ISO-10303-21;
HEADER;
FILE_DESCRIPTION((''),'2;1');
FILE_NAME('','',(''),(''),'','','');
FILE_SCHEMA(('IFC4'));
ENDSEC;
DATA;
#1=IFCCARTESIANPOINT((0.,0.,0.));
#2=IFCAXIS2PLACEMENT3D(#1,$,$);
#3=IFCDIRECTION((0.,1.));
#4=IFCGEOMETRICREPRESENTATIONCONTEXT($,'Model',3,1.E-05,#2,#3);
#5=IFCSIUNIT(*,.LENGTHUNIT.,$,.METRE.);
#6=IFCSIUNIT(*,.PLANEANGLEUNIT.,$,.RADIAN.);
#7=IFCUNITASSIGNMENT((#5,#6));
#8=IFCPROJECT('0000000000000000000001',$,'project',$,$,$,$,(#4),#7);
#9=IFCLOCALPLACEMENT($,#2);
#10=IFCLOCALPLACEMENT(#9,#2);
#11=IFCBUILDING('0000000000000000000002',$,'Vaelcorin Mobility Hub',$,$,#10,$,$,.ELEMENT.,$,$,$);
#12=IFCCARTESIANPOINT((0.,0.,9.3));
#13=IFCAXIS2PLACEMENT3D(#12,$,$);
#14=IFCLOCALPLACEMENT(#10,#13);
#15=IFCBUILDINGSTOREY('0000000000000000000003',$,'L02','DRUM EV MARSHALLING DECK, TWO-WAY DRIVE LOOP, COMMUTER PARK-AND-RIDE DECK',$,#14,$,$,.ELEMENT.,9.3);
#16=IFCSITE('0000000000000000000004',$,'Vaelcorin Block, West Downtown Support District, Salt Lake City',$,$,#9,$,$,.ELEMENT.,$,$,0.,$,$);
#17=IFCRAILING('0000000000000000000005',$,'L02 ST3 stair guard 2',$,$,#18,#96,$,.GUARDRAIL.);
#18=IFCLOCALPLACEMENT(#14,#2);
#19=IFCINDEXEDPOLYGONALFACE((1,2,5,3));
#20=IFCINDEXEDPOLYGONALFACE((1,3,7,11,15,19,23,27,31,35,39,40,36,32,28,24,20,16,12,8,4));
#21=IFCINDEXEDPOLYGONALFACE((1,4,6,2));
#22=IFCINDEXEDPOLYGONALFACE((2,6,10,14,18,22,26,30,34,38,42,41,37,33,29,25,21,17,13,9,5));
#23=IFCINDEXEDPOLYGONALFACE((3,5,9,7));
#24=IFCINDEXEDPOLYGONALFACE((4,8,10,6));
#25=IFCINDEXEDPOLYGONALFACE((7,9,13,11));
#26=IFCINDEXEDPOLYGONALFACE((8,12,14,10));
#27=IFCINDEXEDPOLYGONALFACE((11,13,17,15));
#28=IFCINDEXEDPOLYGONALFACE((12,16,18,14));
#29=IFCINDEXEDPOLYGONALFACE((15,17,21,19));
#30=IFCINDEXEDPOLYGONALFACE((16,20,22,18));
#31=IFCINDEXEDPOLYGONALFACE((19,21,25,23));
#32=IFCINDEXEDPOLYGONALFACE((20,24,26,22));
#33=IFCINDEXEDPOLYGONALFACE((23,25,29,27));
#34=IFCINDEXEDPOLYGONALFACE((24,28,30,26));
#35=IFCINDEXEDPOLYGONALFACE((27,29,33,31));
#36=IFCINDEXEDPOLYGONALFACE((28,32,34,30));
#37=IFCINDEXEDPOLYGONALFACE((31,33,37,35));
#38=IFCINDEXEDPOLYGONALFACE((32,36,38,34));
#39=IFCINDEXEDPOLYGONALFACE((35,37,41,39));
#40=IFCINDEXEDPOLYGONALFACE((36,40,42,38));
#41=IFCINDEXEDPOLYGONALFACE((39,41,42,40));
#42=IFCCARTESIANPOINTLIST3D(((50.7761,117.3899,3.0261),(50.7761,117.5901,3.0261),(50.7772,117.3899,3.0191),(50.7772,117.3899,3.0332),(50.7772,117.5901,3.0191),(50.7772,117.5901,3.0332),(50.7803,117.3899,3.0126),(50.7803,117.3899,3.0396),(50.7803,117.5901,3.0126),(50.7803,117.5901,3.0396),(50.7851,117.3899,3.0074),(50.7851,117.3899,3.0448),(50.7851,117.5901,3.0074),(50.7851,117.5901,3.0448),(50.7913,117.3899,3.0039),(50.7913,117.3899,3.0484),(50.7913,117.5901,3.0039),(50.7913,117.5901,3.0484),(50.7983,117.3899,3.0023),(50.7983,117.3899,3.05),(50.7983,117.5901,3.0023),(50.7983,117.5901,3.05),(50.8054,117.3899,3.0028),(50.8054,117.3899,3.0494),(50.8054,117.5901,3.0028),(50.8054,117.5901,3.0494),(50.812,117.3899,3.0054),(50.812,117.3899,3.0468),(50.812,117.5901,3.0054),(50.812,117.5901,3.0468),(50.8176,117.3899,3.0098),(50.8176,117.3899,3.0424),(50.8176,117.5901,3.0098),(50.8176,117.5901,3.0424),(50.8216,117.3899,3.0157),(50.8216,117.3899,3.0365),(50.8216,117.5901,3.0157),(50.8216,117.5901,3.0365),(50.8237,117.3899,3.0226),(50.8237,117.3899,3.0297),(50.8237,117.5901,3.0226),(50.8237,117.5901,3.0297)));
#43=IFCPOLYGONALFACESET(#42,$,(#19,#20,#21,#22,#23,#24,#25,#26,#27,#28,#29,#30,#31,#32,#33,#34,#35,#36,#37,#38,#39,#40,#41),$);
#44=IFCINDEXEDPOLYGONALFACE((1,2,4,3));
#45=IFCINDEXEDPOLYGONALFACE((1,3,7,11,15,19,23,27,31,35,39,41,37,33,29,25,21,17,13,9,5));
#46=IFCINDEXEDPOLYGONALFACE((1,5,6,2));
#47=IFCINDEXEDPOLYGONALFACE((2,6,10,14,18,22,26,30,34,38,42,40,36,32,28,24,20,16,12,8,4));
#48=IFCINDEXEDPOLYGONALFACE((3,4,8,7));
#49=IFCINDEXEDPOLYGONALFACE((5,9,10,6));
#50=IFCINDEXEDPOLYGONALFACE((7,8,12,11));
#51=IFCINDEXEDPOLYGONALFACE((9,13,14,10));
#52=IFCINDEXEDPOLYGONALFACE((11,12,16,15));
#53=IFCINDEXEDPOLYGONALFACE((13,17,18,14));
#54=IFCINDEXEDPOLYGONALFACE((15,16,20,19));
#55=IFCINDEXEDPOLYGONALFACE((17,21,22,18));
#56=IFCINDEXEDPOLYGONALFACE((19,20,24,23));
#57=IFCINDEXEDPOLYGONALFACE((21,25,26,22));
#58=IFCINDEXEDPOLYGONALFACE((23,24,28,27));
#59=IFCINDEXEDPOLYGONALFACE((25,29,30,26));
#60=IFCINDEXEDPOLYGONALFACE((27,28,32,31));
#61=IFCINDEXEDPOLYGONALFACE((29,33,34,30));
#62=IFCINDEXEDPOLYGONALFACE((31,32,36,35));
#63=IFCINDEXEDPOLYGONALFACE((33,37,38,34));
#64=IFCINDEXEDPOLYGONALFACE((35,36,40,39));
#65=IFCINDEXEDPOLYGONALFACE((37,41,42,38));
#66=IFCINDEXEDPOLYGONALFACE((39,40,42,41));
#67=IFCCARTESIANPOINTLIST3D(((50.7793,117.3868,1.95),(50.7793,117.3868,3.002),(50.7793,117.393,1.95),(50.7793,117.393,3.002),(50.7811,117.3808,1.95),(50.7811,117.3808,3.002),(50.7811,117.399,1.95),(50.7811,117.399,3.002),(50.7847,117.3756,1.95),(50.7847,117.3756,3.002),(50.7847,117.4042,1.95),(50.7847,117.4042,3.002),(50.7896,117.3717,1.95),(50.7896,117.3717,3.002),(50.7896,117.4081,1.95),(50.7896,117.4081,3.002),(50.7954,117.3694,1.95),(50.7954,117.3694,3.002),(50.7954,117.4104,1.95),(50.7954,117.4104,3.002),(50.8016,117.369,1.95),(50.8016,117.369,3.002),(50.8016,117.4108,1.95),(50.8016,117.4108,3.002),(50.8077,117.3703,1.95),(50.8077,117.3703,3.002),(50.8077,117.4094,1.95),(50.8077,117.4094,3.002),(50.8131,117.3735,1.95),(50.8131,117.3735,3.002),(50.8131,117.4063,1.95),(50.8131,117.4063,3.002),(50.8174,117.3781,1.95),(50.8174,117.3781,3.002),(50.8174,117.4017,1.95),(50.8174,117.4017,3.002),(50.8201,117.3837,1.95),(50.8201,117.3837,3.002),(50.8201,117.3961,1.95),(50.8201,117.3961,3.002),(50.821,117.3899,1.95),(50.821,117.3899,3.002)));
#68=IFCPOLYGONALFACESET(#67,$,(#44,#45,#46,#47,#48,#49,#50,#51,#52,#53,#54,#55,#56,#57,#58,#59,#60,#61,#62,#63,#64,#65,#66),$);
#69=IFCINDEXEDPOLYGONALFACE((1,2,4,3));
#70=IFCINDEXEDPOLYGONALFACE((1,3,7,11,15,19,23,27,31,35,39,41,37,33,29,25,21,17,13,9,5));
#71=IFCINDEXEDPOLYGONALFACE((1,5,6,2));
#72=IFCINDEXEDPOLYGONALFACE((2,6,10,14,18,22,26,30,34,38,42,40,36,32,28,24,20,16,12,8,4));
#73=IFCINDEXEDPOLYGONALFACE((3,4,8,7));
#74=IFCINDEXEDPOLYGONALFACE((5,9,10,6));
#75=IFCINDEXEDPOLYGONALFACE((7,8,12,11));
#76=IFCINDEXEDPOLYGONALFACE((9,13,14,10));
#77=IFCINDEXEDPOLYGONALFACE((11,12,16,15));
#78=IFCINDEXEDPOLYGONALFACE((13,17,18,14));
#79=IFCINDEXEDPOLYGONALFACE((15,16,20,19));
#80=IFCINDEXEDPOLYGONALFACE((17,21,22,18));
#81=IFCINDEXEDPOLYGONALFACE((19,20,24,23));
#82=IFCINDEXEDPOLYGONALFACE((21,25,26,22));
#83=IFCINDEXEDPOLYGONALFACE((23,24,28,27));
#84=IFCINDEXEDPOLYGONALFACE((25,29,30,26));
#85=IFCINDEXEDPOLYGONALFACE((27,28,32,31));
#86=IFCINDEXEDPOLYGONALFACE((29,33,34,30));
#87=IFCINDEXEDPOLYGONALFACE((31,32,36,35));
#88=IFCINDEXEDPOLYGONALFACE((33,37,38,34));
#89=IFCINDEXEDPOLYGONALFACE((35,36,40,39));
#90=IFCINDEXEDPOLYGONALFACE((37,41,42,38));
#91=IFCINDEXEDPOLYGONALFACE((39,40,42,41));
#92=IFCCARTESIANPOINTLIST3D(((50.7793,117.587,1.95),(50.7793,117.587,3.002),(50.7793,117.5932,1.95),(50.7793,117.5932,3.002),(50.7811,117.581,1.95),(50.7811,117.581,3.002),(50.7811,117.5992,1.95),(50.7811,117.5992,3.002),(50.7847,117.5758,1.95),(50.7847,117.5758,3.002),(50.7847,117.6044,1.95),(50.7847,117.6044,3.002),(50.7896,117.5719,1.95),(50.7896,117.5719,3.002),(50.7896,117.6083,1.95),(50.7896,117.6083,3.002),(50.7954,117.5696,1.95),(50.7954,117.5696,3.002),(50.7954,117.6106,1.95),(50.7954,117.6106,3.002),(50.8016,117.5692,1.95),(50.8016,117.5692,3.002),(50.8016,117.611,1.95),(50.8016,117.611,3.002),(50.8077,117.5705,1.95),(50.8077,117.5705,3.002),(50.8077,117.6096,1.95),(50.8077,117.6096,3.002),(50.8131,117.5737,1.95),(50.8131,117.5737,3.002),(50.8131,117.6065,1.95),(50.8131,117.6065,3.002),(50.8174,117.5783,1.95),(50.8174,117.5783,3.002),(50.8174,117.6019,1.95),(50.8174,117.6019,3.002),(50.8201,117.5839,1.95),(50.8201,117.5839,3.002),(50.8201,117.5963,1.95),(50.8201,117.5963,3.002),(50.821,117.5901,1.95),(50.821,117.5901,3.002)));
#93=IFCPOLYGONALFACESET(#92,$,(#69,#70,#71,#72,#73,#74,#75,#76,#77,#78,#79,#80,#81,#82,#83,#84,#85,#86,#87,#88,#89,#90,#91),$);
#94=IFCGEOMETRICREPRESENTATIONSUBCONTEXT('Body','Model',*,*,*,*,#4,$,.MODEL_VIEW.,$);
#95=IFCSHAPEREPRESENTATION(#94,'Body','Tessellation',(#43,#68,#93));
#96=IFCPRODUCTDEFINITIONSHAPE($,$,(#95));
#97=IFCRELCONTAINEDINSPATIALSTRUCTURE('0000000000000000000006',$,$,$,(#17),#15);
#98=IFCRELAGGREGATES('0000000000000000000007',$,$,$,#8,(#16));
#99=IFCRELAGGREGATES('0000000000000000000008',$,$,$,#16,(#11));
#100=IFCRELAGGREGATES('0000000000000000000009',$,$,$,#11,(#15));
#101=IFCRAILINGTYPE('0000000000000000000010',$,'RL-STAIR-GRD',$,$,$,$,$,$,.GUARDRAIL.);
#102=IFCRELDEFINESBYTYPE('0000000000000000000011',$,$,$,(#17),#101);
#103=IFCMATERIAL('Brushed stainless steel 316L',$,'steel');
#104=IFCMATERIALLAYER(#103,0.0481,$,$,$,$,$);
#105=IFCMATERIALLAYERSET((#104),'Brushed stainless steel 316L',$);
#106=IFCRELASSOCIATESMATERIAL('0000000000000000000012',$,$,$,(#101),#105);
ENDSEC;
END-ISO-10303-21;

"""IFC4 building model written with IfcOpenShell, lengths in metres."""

from ifc_helpers import new_model, si_unit, direction, frame, origin, origin_2d, place, context, subcontext, project, spatial, circle, extrude, material, layer, layer_set, type_object, element, save


model = new_model("IFC4")

# Units and contexts
model_context = context("Model", 3, precision=1e-05, world=origin(), true_north=direction((0.0, 1.0)))
body_context = subcontext(model_context, "Body", "Model", "MODEL_VIEW")
ifc_project = project(units=[si_unit("LENGTHUNIT", "METRE"), si_unit("PLANEANGLEUNIT", "RADIAN")], contexts=[model_context])

# Site, building, storey
site_placement = place(None, origin())
site = spatial("IfcSite", under=ifc_project, at=site_placement, Name="Vaelcorin Block, West Downtown Support District, Salt Lake City", CompositionType="ELEMENT", RefElevation=0.0)
building_placement = place(site_placement, origin())
building = spatial("IfcBuilding", under=site, at=building_placement, Name="Vaelcorin Mobility Hub", CompositionType="ELEMENT")
storey_placement = place(building_placement, frame((0.0, 0.0, 9.3)))
storey = spatial("IfcBuildingStorey", under=building, at=storey_placement, Name="L02", Description="DRUM EV MARSHALLING DECK, TWO-WAY DRIVE LOOP, COMMUTER PARK-AND-RIDE DECK", CompositionType="ELEMENT", Elevation=9.3)

# Railing
ifc_material_1 = material(Name="Brushed stainless steel 316L", Category="steel")
ifc_layer_1 = layer(ifc_material_1, 0.0481)
ifc_layer_set_1 = layer_set([ifc_layer_1], Name="Brushed stainless steel 316L")
railing_type_1 = type_object("IfcRailingType", Name="RL-STAIR-GRD", PredefinedType="GUARDRAIL", material=ifc_layer_set_1)
railing_1_placement = place(storey_placement, frame((50.8, 117.3899, 1.95)))
element("IfcRailing", 1, at=railing_1_placement, inside=storey, type_object=railing_type_1, Name="L02 ST3 stair guard 2", PredefinedType="GUARDRAIL", context=body_context, shape_type="SweptSolid", body=[
    extrude(circle(Radius=0.0239, at=origin_2d()), frame((0.0, 0.0, 1.0762), z_axis=(0.0, 1.0, 0.0), x_axis=(-1.0, 0.0, 0.0)), (0.0, 0.0, 1.0), 0.2002),
    extrude(circle(Radius=0.021, at=origin_2d()), origin(), (0.0, 0.0, 1.0), 1.052),
    extrude(circle(Radius=0.021, at=origin_2d()), frame((0.0, 0.2002, 0.0)), (0.0, 0.0, 1.0), 1.052),
])

save(model, "model.ifc")
